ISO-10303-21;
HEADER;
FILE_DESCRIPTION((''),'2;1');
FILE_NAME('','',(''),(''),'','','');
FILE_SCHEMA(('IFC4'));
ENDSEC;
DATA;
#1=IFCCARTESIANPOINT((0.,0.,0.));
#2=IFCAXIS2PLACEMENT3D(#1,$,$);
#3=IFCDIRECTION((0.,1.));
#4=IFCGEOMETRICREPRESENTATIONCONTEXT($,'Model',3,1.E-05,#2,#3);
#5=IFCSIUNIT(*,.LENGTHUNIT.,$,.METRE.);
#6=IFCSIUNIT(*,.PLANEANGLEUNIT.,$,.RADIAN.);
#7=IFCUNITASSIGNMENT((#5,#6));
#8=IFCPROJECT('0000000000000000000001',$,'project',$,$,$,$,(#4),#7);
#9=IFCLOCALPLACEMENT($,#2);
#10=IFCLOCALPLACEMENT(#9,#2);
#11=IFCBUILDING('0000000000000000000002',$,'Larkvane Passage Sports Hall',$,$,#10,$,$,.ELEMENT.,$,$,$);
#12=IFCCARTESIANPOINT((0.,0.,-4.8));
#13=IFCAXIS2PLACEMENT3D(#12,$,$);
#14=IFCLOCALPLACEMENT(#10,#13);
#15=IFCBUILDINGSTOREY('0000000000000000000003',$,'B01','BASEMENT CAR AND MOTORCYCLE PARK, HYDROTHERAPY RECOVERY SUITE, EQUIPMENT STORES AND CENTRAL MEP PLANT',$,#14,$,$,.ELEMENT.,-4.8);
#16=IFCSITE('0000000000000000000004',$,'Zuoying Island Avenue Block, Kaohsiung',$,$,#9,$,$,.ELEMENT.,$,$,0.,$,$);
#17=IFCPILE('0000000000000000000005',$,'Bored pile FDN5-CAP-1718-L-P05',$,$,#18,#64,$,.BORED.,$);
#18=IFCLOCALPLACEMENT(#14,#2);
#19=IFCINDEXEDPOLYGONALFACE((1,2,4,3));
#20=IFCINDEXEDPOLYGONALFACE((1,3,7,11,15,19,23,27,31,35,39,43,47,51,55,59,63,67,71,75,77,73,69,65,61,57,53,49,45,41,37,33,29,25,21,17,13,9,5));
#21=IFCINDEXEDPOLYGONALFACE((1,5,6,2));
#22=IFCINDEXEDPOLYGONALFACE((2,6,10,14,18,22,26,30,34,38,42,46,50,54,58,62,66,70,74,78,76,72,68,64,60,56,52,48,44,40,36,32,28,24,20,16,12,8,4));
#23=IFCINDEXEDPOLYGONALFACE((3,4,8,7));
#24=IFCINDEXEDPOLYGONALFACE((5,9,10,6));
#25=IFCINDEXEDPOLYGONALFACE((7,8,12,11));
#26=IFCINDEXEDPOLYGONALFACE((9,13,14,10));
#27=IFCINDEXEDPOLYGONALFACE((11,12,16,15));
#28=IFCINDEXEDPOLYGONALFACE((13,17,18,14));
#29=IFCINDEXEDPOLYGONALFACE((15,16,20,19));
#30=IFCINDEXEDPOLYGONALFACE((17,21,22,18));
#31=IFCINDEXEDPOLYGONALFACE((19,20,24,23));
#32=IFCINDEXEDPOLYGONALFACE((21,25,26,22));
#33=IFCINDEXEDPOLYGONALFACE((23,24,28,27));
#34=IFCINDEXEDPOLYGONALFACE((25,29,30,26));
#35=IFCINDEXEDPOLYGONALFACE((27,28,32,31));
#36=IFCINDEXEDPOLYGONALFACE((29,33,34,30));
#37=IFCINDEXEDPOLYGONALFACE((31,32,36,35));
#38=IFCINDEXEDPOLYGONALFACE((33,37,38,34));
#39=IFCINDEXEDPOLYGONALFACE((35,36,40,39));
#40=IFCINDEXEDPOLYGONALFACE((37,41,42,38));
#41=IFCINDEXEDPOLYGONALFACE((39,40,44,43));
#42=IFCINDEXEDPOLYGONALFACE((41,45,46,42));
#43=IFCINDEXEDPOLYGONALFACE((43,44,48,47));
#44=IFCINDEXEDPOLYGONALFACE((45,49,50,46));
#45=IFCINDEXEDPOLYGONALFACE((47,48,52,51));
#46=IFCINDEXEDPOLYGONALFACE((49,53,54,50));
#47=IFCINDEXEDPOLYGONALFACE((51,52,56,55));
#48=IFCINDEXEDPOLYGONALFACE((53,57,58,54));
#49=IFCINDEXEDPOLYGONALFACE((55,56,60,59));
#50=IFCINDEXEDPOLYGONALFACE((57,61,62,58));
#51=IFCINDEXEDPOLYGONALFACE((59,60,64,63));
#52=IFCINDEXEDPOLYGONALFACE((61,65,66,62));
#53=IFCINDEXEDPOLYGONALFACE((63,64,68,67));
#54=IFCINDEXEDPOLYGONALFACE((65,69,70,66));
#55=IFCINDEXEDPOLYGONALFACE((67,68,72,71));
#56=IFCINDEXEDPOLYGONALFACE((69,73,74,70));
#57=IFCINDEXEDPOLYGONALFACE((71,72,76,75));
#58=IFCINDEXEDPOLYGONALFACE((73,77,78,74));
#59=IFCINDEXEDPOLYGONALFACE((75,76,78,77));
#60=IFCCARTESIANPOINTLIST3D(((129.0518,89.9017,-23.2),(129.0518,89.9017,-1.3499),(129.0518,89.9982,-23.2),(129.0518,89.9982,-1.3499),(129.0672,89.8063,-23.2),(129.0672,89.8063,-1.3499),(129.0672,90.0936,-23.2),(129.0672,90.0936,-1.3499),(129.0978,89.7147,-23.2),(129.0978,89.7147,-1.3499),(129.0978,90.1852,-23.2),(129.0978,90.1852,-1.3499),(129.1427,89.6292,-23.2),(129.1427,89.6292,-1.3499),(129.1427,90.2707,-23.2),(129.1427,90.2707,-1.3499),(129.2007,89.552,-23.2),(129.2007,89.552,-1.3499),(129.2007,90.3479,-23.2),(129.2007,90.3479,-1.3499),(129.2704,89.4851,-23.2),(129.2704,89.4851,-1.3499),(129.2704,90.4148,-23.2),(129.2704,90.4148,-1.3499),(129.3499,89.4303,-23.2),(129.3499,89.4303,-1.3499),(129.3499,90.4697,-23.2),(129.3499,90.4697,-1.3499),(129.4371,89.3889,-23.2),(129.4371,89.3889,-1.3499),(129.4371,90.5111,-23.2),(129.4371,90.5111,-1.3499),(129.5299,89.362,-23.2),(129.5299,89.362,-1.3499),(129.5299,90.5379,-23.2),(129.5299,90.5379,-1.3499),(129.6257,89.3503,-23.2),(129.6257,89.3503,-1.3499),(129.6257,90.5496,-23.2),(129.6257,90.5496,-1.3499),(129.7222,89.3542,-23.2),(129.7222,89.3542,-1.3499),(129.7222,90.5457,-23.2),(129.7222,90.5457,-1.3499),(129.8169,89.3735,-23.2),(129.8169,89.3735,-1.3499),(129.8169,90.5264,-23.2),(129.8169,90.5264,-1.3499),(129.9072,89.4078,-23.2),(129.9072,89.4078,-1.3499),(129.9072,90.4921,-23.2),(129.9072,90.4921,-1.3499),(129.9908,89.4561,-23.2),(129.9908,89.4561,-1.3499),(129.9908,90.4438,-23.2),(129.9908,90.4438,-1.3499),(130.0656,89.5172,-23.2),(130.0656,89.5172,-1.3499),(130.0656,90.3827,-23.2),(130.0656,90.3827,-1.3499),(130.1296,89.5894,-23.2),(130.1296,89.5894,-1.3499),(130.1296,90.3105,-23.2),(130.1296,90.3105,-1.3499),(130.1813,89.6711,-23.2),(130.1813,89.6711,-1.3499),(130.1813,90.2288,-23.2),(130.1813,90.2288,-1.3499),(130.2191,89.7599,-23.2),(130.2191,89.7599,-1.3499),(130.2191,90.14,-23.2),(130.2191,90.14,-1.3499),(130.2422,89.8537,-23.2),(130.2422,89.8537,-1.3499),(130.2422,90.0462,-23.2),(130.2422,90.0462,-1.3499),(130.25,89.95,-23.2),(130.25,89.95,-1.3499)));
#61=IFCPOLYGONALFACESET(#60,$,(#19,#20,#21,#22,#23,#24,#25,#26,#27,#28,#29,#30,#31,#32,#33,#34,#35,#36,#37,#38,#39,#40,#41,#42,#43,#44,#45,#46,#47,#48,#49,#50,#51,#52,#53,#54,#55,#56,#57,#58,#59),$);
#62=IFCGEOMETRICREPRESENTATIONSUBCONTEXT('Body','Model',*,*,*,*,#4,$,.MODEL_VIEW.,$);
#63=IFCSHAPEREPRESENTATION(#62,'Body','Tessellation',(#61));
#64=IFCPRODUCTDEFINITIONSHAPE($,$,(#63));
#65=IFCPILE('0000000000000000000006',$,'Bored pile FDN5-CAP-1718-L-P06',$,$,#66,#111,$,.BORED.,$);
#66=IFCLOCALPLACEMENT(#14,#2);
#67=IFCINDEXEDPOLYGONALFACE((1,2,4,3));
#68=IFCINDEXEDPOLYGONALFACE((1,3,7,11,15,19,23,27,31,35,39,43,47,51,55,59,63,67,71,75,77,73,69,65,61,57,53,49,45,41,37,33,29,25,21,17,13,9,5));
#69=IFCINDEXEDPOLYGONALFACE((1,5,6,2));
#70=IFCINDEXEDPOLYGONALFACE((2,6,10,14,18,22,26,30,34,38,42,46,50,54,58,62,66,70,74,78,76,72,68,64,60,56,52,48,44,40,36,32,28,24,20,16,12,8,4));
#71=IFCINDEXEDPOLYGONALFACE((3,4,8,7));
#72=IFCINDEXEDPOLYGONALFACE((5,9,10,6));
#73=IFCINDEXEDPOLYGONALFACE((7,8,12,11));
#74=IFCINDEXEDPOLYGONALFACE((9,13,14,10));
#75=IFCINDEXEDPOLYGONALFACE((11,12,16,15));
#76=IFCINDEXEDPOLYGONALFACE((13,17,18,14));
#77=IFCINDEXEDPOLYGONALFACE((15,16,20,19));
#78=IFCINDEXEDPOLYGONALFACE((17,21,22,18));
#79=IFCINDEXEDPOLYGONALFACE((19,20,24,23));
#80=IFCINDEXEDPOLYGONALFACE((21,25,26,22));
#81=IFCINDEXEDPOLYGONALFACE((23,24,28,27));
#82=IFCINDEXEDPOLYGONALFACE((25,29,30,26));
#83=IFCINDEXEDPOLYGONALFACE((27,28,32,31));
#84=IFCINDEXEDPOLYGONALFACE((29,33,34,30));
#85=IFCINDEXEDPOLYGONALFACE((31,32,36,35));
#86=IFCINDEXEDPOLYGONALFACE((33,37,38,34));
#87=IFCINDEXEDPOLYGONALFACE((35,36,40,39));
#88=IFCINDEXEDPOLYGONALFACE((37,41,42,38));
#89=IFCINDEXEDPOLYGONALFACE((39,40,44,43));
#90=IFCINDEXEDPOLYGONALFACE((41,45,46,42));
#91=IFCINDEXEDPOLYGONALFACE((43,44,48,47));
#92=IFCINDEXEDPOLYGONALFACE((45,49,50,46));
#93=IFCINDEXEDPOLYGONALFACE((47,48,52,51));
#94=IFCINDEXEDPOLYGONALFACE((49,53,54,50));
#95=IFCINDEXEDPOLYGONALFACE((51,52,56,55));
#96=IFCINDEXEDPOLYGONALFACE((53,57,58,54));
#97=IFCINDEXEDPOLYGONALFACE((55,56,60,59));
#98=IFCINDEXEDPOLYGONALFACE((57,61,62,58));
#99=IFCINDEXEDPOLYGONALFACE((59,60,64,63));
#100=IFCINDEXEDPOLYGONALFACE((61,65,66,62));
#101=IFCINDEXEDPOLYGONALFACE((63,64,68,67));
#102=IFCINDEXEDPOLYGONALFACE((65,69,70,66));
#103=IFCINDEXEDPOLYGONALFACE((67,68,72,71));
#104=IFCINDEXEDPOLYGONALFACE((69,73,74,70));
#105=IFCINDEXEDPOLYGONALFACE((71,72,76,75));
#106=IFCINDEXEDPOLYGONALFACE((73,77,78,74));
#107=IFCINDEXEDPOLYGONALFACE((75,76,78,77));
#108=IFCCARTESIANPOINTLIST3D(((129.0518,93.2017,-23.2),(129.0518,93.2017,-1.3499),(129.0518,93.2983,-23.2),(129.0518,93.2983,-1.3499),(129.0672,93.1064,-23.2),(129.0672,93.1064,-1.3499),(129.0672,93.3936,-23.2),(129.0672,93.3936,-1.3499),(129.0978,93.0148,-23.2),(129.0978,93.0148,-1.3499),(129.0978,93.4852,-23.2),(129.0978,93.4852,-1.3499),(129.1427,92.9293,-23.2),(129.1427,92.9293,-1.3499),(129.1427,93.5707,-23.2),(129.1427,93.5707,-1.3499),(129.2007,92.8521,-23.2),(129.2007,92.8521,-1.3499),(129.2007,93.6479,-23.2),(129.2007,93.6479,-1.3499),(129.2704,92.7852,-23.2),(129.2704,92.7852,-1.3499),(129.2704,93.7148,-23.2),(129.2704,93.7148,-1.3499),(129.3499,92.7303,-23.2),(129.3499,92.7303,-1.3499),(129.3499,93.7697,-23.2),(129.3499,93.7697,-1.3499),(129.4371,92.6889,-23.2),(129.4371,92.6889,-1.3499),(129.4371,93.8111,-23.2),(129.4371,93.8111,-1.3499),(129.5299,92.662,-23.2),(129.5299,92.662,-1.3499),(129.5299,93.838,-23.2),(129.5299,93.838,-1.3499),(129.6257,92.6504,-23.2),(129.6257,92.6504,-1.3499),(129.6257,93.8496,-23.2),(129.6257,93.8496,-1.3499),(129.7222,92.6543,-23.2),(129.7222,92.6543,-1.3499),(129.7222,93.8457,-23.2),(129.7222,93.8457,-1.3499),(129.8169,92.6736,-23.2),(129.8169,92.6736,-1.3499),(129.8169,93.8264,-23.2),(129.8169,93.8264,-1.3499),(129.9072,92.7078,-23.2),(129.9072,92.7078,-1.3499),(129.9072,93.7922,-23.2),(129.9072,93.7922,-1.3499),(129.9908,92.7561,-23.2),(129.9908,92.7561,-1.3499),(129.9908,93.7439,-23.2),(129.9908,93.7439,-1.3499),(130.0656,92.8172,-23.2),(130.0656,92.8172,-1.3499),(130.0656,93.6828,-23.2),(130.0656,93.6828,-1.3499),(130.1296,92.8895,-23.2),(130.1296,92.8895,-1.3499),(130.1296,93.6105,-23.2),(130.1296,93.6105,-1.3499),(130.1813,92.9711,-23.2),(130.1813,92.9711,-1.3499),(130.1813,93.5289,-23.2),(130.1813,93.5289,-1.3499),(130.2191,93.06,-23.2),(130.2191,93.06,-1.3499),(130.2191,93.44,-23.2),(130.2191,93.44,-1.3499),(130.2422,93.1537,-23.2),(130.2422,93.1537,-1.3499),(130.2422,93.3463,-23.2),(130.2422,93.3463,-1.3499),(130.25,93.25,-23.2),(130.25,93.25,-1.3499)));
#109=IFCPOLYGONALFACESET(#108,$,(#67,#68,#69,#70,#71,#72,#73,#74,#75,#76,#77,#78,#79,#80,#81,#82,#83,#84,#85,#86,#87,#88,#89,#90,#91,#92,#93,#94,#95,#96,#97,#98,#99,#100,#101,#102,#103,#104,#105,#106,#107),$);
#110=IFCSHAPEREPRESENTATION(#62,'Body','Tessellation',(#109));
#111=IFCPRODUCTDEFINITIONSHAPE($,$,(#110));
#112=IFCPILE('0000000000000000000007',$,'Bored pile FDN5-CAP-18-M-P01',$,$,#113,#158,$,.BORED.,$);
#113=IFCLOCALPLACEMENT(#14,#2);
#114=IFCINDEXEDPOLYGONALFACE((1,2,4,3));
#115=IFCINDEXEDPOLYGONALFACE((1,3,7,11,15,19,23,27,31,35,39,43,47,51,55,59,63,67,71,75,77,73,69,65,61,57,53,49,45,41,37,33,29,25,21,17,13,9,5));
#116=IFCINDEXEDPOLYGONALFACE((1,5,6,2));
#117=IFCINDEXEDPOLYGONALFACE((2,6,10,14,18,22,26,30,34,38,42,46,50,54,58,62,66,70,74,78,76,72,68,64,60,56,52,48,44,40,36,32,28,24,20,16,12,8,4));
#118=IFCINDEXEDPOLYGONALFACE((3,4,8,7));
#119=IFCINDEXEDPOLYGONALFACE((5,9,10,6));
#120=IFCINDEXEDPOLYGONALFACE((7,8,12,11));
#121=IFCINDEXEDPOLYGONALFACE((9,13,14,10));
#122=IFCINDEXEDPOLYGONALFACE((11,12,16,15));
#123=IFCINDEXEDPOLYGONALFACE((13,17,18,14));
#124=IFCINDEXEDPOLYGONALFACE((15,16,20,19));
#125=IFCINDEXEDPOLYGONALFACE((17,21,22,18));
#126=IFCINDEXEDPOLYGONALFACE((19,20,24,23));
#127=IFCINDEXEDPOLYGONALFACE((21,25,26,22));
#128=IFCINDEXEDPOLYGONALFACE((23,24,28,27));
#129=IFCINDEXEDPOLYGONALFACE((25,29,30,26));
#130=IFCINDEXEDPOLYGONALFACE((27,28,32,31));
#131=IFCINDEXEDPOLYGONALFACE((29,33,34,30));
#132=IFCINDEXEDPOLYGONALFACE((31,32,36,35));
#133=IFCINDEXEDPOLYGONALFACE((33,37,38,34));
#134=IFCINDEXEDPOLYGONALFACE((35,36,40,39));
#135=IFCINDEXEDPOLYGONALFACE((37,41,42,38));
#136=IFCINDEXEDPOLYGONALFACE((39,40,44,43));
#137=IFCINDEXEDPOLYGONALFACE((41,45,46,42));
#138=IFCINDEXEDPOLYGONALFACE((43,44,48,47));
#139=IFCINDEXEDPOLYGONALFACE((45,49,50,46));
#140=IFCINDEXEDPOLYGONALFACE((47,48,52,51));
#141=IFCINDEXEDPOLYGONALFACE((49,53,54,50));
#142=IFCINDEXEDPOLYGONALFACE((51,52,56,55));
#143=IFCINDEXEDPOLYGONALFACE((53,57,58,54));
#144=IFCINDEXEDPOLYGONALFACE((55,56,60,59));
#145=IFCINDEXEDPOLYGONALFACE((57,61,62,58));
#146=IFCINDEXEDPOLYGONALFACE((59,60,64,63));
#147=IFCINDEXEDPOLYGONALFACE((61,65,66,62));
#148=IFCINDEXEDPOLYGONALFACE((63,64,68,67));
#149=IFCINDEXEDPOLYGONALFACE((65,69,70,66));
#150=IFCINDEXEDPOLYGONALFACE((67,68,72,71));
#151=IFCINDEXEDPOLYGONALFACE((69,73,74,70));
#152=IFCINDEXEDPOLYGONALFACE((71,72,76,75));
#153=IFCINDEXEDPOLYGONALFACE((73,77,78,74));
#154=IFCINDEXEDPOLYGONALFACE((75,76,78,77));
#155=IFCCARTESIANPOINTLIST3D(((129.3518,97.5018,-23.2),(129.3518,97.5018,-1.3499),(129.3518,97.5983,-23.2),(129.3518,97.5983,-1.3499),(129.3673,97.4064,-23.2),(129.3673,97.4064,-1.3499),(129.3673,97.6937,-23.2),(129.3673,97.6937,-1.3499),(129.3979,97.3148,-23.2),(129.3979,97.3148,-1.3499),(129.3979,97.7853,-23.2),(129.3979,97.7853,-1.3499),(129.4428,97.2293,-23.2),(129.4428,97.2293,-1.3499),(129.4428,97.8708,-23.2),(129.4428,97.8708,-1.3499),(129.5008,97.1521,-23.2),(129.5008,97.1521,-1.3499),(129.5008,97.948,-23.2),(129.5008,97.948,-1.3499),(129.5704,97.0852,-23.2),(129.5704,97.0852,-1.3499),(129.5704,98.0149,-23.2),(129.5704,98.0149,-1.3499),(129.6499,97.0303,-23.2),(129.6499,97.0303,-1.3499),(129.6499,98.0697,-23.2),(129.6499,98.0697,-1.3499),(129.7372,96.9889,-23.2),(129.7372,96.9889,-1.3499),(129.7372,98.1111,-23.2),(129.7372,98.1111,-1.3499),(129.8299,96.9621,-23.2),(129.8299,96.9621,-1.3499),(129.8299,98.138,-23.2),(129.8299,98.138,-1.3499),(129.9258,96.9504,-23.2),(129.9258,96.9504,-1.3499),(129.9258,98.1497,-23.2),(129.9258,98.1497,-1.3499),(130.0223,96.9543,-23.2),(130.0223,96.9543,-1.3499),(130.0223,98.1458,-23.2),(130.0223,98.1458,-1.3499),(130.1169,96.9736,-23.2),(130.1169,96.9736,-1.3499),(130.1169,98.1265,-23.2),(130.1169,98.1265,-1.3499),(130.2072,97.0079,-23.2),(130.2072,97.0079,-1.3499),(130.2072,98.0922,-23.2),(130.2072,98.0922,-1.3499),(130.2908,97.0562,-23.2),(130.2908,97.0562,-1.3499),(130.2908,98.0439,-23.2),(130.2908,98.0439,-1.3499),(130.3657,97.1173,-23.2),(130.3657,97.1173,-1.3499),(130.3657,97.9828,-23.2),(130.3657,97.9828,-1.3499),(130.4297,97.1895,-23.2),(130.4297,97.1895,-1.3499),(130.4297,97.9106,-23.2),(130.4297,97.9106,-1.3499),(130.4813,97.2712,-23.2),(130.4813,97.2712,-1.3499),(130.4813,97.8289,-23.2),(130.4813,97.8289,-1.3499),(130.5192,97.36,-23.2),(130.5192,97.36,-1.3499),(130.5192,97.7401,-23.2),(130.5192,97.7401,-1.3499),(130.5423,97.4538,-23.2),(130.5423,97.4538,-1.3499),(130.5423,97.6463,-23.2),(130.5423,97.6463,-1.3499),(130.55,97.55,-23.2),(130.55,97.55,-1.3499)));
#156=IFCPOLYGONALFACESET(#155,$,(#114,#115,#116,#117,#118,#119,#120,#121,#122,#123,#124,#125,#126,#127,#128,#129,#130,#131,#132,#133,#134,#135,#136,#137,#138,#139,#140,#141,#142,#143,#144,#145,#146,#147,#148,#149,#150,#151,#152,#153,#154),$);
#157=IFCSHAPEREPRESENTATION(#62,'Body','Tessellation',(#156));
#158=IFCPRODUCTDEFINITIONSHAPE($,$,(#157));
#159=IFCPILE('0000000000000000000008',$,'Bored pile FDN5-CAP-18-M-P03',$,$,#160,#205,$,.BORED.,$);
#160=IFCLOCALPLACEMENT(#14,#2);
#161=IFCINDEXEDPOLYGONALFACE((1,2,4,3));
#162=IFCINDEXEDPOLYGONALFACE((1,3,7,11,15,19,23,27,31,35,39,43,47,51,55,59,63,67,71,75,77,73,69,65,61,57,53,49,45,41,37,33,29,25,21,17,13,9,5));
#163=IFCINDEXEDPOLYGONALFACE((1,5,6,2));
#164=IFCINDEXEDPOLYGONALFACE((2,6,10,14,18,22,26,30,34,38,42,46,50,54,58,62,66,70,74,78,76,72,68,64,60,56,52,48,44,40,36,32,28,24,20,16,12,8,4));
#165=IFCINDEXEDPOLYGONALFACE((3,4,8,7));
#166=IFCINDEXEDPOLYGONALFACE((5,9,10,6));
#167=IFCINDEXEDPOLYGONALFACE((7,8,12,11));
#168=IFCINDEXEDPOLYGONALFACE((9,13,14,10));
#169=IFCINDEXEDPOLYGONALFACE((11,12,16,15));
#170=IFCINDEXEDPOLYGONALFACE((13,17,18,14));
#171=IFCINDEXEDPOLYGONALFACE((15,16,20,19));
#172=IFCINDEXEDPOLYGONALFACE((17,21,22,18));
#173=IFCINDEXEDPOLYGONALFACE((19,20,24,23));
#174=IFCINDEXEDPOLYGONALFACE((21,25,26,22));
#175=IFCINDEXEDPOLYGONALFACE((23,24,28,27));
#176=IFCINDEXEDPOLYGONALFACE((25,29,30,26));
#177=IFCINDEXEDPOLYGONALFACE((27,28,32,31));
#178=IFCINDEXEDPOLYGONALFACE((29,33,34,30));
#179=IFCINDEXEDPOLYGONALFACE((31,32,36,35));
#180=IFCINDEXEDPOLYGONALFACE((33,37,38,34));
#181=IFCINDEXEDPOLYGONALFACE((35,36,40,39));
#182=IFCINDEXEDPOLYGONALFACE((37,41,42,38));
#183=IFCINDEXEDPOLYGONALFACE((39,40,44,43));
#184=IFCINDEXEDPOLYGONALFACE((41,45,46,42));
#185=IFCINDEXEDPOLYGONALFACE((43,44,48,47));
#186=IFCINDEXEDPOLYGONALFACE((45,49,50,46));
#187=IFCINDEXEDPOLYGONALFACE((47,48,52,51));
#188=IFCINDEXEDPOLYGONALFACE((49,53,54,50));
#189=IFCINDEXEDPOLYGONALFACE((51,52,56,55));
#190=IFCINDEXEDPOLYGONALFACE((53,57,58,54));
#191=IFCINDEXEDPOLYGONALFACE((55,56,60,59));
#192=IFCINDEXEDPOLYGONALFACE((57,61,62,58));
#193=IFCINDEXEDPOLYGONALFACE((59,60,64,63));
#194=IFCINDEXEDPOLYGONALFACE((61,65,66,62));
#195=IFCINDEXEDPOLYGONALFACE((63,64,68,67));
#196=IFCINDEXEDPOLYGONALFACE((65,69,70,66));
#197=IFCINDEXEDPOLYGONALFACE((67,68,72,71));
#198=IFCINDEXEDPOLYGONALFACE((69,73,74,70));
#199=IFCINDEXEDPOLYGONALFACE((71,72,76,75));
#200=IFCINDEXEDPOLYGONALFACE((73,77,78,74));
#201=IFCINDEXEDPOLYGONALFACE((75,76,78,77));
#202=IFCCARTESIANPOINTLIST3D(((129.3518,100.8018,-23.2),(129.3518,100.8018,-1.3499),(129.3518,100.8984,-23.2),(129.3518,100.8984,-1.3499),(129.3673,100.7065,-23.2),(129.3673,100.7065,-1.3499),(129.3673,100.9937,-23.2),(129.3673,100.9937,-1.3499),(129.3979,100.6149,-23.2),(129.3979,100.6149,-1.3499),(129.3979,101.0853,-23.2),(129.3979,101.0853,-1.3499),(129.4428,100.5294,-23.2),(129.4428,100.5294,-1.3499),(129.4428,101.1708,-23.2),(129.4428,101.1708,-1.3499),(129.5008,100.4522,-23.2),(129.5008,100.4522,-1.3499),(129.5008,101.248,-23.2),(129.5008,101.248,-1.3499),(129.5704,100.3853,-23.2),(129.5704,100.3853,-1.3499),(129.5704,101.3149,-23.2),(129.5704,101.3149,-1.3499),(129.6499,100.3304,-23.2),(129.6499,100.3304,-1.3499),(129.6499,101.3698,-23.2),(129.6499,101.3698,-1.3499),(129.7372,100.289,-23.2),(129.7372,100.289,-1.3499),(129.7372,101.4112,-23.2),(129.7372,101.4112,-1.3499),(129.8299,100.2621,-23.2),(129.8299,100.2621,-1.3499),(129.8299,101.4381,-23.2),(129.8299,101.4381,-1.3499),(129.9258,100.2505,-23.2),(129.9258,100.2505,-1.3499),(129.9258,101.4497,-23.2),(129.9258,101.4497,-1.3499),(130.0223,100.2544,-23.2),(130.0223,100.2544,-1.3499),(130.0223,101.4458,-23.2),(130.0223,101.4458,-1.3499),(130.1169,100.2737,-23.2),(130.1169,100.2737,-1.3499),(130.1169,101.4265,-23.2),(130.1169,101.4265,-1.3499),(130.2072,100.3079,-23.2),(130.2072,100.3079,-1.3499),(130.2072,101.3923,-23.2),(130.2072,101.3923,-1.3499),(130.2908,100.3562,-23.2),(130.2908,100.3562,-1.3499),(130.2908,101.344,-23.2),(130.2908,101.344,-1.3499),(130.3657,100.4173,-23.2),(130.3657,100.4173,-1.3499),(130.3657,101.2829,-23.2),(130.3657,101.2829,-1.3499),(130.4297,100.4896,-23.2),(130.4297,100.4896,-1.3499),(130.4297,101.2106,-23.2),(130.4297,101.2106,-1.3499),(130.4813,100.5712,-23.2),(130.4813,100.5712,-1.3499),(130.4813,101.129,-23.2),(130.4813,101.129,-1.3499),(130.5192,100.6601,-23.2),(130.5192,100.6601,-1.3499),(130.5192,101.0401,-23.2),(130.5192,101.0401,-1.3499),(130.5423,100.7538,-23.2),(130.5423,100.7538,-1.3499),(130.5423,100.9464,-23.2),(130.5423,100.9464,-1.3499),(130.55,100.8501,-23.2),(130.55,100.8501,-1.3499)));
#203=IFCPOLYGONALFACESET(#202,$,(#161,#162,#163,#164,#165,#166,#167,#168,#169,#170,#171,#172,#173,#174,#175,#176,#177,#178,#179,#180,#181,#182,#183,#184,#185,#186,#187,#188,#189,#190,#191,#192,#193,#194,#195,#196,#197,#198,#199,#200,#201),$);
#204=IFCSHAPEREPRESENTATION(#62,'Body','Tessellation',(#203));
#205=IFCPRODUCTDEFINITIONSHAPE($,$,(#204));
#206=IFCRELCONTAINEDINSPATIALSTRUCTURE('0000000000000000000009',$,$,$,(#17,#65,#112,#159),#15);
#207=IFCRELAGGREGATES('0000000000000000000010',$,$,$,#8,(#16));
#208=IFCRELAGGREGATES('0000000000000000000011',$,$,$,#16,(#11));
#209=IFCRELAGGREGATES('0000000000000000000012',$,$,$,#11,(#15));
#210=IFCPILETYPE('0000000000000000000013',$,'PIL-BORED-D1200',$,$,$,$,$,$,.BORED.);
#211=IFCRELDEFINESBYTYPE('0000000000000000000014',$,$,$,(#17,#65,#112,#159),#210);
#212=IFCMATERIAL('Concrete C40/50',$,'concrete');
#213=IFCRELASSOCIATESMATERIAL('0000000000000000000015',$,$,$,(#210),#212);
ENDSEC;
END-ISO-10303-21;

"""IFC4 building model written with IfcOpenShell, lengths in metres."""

from ifc_helpers import new_model, si_unit, direction, frame, origin, origin_2d, place, context, subcontext, project, spatial, circle, extrude, material, material_profile, profile_set, type_object, element, save


model = new_model("IFC4")

# Units and contexts
model_context = context("Model", 3, precision=1e-05, world=origin(), true_north=direction((0.0, 1.0)))
body_context = subcontext(model_context, "Body", "Model", "MODEL_VIEW")
ifc_project = project(units=[si_unit("LENGTHUNIT", "METRE"), si_unit("PLANEANGLEUNIT", "RADIAN")], contexts=[model_context])

# Site, building, storey
site_placement = place(None, origin())
site = spatial("IfcSite", under=ifc_project, at=site_placement, Name="Zuoying Island Avenue Block, Kaohsiung", CompositionType="ELEMENT", RefElevation=0.0)
building_placement = place(site_placement, origin())
building = spatial("IfcBuilding", under=site, at=building_placement, Name="Larkvane Passage Sports Hall", CompositionType="ELEMENT")
storey_placement = place(building_placement, frame((0.0, 0.0, -4.8)))
storey = spatial("IfcBuildingStorey", under=building, at=storey_placement, Name="B01", Description="BASEMENT CAR AND MOTORCYCLE PARK, HYDROTHERAPY RECOVERY SUITE, EQUIPMENT STORES AND CENTRAL MEP PLANT", CompositionType="ELEMENT", Elevation=-4.8)

# Shared definitions
ifc_material_1 = material(Name="Concrete C40/50", Category="concrete")

# Piles
ifc_material_profile_1 = material_profile(ifc_material_1, circle(Radius=0.6001, at=origin_2d()), Name="PILE-D1200")
ifc_profile_set_1 = profile_set([ifc_material_profile_1], Name="Concrete C40/50")
pile_type = type_object("IfcPileType", Name="PIL-BORED-D1200", PredefinedType="BORED", material=ifc_profile_set_1)
for number, where, z_axis, x_axis, name in (
    (1, (129.6499, 89.95, -1.3499), (0.0, 0.0, -1.0), (1.0, 0.0, 0.0), "Bored pile FDN5-CAP-1718-L-P05"),
    (2, (129.6499, 93.25, -1.3499), (0.0, 0.0, -1.0), (1.0, 0.0, 0.0), "Bored pile FDN5-CAP-1718-L-P06"),
    (3, (129.95, 97.55, -1.3499), (0.0, 0.0, -1.0), (1.0, 0.0, 0.0), "Bored pile FDN5-CAP-18-M-P01"),
    (4, (129.95, 100.8501, -1.3499), (0.0, 0.0, -1.0), (1.0, 0.0, 0.0), "Bored pile FDN5-CAP-18-M-P03"),
):
    element("IfcPile", number, at=place(storey_placement, frame(where, z_axis=z_axis, x_axis=x_axis)), inside=storey, type_object=pile_type, Name=name, PredefinedType="BORED", context=body_context, shape_type="SweptSolid", body=[
        extrude(circle(Radius=0.6001, at=origin_2d()), origin(), (0.0, 0.0, 1.0), 21.8501),
    ])

save(model, "model.ifc")
